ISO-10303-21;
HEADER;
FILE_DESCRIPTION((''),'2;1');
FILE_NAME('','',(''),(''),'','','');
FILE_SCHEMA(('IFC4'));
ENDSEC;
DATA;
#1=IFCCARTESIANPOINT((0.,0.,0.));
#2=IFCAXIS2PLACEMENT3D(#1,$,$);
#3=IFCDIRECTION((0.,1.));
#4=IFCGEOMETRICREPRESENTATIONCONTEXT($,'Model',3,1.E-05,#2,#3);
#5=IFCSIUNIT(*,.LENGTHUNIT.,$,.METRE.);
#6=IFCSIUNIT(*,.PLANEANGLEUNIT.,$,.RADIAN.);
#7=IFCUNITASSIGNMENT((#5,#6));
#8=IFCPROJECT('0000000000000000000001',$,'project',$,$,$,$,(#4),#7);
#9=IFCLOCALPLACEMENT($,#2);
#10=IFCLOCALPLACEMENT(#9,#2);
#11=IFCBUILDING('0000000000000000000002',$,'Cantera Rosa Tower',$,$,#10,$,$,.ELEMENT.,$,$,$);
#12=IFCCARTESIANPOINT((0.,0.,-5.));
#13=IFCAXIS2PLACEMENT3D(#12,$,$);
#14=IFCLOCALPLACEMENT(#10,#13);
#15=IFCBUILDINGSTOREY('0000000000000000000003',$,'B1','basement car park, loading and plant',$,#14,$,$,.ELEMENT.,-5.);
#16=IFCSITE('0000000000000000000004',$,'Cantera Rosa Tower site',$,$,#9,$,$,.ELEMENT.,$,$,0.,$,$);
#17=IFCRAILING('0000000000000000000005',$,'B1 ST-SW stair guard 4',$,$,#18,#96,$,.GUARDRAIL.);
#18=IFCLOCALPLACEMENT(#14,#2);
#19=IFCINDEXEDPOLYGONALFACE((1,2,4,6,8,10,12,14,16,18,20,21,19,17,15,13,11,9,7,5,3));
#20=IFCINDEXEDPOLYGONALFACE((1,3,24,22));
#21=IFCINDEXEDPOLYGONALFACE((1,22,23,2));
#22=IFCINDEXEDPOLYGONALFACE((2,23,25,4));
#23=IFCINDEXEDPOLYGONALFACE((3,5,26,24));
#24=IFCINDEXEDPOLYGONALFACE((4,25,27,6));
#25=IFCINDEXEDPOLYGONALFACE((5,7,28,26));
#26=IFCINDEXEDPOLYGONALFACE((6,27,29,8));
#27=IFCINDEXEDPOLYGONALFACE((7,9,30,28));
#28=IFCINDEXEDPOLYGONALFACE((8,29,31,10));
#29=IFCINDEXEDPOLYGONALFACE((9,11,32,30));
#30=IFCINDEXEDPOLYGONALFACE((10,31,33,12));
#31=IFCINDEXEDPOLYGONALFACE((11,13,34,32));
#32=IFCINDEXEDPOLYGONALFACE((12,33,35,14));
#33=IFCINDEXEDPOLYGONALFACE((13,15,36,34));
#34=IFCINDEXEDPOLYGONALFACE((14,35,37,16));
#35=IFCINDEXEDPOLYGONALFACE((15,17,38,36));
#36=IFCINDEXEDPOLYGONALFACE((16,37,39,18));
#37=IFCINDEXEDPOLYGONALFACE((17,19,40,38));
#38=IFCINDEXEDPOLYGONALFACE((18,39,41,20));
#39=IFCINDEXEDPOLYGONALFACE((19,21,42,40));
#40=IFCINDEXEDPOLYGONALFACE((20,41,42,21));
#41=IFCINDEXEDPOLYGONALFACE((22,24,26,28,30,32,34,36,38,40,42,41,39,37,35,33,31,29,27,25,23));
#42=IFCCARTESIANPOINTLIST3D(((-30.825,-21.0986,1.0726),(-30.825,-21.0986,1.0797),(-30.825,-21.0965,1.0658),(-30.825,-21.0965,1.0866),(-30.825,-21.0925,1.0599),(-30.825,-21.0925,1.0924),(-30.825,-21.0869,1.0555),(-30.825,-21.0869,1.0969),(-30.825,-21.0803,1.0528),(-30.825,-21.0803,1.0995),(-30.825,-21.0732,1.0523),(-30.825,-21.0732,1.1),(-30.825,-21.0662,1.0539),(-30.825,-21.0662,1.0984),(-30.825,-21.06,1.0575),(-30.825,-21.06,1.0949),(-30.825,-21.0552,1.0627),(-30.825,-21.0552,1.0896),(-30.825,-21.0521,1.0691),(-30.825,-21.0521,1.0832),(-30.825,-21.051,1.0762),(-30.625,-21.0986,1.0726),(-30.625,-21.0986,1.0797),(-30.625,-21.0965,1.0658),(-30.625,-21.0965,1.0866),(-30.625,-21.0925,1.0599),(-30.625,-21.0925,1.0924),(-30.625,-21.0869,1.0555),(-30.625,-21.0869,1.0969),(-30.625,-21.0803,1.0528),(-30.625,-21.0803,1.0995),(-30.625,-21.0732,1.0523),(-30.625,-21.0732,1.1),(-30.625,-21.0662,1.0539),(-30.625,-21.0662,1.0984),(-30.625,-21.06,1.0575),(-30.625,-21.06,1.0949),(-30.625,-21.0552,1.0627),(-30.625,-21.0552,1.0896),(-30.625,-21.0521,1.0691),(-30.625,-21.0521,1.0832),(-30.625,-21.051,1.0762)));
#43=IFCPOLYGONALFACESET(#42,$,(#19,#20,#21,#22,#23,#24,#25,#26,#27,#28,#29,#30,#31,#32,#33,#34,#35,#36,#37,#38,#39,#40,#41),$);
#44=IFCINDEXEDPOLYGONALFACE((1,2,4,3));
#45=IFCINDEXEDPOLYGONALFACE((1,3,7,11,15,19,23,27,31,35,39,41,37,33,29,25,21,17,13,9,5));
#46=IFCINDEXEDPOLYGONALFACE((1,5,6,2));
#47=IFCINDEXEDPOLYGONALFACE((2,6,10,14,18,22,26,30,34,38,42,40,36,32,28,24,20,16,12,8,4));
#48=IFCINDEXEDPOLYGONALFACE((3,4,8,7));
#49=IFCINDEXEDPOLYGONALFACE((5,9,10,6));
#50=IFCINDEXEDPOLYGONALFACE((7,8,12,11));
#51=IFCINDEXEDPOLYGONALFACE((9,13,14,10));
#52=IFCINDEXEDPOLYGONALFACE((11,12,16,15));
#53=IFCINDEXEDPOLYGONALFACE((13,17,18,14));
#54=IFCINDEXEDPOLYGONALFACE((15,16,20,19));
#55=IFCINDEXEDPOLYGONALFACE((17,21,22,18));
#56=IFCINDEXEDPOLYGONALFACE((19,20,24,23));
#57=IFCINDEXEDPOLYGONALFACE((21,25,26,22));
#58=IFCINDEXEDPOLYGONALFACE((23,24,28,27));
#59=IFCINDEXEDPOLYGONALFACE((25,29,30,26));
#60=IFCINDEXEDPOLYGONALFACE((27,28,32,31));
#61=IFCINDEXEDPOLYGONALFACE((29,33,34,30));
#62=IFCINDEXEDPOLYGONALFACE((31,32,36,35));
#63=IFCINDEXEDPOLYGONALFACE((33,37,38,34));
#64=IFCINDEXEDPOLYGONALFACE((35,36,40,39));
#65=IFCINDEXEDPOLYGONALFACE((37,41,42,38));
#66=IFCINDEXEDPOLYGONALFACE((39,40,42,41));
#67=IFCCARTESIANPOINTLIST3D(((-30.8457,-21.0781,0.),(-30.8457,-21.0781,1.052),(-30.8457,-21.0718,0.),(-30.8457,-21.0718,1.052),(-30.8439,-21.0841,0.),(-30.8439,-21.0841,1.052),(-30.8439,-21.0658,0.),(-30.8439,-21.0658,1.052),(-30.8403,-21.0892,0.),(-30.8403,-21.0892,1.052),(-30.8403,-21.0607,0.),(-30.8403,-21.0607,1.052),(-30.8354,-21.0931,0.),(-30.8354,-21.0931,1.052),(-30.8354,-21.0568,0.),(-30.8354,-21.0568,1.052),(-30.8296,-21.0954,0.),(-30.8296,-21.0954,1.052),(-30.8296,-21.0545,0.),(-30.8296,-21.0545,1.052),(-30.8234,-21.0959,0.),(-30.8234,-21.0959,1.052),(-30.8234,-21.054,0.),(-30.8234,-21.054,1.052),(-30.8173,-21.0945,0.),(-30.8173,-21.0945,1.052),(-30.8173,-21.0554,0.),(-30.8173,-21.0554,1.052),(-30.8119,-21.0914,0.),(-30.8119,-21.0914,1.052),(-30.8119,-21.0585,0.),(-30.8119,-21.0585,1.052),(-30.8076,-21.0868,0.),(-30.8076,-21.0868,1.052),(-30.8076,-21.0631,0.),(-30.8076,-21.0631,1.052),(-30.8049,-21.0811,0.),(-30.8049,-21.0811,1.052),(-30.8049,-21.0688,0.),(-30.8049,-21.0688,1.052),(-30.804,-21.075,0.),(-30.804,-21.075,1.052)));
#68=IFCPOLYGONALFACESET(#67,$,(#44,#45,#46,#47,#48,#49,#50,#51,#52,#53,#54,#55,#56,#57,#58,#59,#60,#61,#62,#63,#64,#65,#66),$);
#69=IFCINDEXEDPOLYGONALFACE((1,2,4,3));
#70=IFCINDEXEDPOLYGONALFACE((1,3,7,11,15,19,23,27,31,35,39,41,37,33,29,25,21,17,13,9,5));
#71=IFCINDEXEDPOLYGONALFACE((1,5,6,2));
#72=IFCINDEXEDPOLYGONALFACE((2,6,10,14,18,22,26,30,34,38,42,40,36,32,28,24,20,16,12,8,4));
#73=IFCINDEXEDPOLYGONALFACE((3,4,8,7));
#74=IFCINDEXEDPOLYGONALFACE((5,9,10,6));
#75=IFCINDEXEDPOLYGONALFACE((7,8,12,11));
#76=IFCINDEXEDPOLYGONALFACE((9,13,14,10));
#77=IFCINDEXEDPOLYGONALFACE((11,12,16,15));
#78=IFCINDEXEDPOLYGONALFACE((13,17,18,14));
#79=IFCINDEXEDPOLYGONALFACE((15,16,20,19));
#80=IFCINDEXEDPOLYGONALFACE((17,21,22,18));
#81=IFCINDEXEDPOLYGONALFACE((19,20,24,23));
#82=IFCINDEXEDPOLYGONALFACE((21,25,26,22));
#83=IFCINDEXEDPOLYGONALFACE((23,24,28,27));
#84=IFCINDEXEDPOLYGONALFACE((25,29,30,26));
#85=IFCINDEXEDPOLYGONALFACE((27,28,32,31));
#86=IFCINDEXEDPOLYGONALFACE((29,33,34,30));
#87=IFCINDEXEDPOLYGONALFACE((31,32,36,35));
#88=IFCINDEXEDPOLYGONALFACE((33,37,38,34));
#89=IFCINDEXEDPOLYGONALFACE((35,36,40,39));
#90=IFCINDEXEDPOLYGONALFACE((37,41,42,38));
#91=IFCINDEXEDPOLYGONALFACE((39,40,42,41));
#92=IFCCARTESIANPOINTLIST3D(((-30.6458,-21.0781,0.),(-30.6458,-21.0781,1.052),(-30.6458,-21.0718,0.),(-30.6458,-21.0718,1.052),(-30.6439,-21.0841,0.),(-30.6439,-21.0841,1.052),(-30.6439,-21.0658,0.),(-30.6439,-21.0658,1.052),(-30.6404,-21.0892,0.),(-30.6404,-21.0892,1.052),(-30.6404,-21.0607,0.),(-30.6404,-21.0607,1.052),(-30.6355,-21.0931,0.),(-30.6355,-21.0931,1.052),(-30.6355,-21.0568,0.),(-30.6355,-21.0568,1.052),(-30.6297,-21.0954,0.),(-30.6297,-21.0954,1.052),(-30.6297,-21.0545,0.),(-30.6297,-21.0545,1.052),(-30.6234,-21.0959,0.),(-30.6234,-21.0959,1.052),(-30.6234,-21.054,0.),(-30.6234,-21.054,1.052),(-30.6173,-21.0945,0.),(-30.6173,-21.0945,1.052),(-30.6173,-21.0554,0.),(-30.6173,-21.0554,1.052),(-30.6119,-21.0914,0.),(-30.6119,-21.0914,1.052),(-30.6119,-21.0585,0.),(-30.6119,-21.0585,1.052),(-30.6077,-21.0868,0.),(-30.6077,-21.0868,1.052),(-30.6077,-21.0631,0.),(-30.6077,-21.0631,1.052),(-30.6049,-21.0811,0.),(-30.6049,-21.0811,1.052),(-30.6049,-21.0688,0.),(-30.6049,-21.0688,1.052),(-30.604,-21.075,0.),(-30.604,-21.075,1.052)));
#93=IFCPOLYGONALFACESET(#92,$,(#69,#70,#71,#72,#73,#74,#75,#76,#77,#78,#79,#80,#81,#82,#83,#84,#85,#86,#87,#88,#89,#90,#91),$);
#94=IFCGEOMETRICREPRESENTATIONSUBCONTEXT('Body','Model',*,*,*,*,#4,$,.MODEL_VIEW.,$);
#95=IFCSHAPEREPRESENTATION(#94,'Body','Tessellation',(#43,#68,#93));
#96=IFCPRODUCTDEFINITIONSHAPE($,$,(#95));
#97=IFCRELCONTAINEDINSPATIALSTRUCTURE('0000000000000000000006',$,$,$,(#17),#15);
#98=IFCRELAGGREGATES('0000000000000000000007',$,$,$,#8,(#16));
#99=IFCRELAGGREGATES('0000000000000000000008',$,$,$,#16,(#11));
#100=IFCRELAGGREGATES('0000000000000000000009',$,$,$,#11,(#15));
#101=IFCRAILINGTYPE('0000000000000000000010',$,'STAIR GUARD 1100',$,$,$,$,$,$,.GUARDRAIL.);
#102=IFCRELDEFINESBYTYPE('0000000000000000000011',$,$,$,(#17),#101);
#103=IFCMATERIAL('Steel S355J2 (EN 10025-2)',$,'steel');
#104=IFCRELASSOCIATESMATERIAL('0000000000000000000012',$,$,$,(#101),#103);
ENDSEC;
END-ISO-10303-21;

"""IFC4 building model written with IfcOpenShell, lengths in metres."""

from ifc_helpers import new_model, si_unit, direction, frame, origin, origin_2d, place, context, subcontext, project, spatial, circle, extrude, material, type_object, element, save


model = new_model("IFC4")

# Units and contexts
model_context = context("Model", 3, precision=1e-05, world=origin(), true_north=direction((0.0, 1.0)))
body_context = subcontext(model_context, "Body", "Model", "MODEL_VIEW")
ifc_project = project(units=[si_unit("LENGTHUNIT", "METRE"), si_unit("PLANEANGLEUNIT", "RADIAN")], contexts=[model_context])

# Site, building, storey
site_placement = place(None, origin())
site = spatial("IfcSite", under=ifc_project, at=site_placement, Name="Cantera Rosa Tower site", CompositionType="ELEMENT", RefElevation=0.0)
building_placement = place(site_placement, origin())
building = spatial("IfcBuilding", under=site, at=building_placement, Name="Cantera Rosa Tower", CompositionType="ELEMENT")
storey_placement = place(building_placement, frame((0.0, 0.0, -5.0)))
storey = spatial("IfcBuildingStorey", under=building, at=storey_placement, Name="B1", Description="basement car park, loading and plant", CompositionType="ELEMENT", Elevation=-5.0)

# Railing
ifc_material_1 = material(Name="Steel S355J2 (EN 10025-2)", Category="steel")
railing_type_1 = type_object("IfcRailingType", Name="STAIR GUARD 1100", PredefinedType="GUARDRAIL", material=ifc_material_1)
railing_1_placement = place(storey_placement, frame((-30.825, -21.075, 0.0)))
element("IfcRailing", 1, at=railing_1_placement, inside=storey, type_object=railing_type_1, Name="B1 ST-SW stair guard 4", PredefinedType="GUARDRAIL", context=body_context, shape_type="SweptSolid", body=[
    extrude(circle(Radius=0.0239, at=origin_2d()), frame((0.0, 0.0, 1.0762), z_axis=(1.0, 0.0, 0.0), x_axis=(0.0, 1.0, 0.0)), (0.0, 0.0, 1.0), 0.2),
    extrude(circle(Radius=0.021, at=origin_2d()), origin(), (0.0, 0.0, 1.0), 1.052),
    extrude(circle(Radius=0.021, at=origin_2d()), frame((0.2, 0.0, 0.0)), (0.0, 0.0, 1.0), 1.052),
])

save(model, "model.ifc")
